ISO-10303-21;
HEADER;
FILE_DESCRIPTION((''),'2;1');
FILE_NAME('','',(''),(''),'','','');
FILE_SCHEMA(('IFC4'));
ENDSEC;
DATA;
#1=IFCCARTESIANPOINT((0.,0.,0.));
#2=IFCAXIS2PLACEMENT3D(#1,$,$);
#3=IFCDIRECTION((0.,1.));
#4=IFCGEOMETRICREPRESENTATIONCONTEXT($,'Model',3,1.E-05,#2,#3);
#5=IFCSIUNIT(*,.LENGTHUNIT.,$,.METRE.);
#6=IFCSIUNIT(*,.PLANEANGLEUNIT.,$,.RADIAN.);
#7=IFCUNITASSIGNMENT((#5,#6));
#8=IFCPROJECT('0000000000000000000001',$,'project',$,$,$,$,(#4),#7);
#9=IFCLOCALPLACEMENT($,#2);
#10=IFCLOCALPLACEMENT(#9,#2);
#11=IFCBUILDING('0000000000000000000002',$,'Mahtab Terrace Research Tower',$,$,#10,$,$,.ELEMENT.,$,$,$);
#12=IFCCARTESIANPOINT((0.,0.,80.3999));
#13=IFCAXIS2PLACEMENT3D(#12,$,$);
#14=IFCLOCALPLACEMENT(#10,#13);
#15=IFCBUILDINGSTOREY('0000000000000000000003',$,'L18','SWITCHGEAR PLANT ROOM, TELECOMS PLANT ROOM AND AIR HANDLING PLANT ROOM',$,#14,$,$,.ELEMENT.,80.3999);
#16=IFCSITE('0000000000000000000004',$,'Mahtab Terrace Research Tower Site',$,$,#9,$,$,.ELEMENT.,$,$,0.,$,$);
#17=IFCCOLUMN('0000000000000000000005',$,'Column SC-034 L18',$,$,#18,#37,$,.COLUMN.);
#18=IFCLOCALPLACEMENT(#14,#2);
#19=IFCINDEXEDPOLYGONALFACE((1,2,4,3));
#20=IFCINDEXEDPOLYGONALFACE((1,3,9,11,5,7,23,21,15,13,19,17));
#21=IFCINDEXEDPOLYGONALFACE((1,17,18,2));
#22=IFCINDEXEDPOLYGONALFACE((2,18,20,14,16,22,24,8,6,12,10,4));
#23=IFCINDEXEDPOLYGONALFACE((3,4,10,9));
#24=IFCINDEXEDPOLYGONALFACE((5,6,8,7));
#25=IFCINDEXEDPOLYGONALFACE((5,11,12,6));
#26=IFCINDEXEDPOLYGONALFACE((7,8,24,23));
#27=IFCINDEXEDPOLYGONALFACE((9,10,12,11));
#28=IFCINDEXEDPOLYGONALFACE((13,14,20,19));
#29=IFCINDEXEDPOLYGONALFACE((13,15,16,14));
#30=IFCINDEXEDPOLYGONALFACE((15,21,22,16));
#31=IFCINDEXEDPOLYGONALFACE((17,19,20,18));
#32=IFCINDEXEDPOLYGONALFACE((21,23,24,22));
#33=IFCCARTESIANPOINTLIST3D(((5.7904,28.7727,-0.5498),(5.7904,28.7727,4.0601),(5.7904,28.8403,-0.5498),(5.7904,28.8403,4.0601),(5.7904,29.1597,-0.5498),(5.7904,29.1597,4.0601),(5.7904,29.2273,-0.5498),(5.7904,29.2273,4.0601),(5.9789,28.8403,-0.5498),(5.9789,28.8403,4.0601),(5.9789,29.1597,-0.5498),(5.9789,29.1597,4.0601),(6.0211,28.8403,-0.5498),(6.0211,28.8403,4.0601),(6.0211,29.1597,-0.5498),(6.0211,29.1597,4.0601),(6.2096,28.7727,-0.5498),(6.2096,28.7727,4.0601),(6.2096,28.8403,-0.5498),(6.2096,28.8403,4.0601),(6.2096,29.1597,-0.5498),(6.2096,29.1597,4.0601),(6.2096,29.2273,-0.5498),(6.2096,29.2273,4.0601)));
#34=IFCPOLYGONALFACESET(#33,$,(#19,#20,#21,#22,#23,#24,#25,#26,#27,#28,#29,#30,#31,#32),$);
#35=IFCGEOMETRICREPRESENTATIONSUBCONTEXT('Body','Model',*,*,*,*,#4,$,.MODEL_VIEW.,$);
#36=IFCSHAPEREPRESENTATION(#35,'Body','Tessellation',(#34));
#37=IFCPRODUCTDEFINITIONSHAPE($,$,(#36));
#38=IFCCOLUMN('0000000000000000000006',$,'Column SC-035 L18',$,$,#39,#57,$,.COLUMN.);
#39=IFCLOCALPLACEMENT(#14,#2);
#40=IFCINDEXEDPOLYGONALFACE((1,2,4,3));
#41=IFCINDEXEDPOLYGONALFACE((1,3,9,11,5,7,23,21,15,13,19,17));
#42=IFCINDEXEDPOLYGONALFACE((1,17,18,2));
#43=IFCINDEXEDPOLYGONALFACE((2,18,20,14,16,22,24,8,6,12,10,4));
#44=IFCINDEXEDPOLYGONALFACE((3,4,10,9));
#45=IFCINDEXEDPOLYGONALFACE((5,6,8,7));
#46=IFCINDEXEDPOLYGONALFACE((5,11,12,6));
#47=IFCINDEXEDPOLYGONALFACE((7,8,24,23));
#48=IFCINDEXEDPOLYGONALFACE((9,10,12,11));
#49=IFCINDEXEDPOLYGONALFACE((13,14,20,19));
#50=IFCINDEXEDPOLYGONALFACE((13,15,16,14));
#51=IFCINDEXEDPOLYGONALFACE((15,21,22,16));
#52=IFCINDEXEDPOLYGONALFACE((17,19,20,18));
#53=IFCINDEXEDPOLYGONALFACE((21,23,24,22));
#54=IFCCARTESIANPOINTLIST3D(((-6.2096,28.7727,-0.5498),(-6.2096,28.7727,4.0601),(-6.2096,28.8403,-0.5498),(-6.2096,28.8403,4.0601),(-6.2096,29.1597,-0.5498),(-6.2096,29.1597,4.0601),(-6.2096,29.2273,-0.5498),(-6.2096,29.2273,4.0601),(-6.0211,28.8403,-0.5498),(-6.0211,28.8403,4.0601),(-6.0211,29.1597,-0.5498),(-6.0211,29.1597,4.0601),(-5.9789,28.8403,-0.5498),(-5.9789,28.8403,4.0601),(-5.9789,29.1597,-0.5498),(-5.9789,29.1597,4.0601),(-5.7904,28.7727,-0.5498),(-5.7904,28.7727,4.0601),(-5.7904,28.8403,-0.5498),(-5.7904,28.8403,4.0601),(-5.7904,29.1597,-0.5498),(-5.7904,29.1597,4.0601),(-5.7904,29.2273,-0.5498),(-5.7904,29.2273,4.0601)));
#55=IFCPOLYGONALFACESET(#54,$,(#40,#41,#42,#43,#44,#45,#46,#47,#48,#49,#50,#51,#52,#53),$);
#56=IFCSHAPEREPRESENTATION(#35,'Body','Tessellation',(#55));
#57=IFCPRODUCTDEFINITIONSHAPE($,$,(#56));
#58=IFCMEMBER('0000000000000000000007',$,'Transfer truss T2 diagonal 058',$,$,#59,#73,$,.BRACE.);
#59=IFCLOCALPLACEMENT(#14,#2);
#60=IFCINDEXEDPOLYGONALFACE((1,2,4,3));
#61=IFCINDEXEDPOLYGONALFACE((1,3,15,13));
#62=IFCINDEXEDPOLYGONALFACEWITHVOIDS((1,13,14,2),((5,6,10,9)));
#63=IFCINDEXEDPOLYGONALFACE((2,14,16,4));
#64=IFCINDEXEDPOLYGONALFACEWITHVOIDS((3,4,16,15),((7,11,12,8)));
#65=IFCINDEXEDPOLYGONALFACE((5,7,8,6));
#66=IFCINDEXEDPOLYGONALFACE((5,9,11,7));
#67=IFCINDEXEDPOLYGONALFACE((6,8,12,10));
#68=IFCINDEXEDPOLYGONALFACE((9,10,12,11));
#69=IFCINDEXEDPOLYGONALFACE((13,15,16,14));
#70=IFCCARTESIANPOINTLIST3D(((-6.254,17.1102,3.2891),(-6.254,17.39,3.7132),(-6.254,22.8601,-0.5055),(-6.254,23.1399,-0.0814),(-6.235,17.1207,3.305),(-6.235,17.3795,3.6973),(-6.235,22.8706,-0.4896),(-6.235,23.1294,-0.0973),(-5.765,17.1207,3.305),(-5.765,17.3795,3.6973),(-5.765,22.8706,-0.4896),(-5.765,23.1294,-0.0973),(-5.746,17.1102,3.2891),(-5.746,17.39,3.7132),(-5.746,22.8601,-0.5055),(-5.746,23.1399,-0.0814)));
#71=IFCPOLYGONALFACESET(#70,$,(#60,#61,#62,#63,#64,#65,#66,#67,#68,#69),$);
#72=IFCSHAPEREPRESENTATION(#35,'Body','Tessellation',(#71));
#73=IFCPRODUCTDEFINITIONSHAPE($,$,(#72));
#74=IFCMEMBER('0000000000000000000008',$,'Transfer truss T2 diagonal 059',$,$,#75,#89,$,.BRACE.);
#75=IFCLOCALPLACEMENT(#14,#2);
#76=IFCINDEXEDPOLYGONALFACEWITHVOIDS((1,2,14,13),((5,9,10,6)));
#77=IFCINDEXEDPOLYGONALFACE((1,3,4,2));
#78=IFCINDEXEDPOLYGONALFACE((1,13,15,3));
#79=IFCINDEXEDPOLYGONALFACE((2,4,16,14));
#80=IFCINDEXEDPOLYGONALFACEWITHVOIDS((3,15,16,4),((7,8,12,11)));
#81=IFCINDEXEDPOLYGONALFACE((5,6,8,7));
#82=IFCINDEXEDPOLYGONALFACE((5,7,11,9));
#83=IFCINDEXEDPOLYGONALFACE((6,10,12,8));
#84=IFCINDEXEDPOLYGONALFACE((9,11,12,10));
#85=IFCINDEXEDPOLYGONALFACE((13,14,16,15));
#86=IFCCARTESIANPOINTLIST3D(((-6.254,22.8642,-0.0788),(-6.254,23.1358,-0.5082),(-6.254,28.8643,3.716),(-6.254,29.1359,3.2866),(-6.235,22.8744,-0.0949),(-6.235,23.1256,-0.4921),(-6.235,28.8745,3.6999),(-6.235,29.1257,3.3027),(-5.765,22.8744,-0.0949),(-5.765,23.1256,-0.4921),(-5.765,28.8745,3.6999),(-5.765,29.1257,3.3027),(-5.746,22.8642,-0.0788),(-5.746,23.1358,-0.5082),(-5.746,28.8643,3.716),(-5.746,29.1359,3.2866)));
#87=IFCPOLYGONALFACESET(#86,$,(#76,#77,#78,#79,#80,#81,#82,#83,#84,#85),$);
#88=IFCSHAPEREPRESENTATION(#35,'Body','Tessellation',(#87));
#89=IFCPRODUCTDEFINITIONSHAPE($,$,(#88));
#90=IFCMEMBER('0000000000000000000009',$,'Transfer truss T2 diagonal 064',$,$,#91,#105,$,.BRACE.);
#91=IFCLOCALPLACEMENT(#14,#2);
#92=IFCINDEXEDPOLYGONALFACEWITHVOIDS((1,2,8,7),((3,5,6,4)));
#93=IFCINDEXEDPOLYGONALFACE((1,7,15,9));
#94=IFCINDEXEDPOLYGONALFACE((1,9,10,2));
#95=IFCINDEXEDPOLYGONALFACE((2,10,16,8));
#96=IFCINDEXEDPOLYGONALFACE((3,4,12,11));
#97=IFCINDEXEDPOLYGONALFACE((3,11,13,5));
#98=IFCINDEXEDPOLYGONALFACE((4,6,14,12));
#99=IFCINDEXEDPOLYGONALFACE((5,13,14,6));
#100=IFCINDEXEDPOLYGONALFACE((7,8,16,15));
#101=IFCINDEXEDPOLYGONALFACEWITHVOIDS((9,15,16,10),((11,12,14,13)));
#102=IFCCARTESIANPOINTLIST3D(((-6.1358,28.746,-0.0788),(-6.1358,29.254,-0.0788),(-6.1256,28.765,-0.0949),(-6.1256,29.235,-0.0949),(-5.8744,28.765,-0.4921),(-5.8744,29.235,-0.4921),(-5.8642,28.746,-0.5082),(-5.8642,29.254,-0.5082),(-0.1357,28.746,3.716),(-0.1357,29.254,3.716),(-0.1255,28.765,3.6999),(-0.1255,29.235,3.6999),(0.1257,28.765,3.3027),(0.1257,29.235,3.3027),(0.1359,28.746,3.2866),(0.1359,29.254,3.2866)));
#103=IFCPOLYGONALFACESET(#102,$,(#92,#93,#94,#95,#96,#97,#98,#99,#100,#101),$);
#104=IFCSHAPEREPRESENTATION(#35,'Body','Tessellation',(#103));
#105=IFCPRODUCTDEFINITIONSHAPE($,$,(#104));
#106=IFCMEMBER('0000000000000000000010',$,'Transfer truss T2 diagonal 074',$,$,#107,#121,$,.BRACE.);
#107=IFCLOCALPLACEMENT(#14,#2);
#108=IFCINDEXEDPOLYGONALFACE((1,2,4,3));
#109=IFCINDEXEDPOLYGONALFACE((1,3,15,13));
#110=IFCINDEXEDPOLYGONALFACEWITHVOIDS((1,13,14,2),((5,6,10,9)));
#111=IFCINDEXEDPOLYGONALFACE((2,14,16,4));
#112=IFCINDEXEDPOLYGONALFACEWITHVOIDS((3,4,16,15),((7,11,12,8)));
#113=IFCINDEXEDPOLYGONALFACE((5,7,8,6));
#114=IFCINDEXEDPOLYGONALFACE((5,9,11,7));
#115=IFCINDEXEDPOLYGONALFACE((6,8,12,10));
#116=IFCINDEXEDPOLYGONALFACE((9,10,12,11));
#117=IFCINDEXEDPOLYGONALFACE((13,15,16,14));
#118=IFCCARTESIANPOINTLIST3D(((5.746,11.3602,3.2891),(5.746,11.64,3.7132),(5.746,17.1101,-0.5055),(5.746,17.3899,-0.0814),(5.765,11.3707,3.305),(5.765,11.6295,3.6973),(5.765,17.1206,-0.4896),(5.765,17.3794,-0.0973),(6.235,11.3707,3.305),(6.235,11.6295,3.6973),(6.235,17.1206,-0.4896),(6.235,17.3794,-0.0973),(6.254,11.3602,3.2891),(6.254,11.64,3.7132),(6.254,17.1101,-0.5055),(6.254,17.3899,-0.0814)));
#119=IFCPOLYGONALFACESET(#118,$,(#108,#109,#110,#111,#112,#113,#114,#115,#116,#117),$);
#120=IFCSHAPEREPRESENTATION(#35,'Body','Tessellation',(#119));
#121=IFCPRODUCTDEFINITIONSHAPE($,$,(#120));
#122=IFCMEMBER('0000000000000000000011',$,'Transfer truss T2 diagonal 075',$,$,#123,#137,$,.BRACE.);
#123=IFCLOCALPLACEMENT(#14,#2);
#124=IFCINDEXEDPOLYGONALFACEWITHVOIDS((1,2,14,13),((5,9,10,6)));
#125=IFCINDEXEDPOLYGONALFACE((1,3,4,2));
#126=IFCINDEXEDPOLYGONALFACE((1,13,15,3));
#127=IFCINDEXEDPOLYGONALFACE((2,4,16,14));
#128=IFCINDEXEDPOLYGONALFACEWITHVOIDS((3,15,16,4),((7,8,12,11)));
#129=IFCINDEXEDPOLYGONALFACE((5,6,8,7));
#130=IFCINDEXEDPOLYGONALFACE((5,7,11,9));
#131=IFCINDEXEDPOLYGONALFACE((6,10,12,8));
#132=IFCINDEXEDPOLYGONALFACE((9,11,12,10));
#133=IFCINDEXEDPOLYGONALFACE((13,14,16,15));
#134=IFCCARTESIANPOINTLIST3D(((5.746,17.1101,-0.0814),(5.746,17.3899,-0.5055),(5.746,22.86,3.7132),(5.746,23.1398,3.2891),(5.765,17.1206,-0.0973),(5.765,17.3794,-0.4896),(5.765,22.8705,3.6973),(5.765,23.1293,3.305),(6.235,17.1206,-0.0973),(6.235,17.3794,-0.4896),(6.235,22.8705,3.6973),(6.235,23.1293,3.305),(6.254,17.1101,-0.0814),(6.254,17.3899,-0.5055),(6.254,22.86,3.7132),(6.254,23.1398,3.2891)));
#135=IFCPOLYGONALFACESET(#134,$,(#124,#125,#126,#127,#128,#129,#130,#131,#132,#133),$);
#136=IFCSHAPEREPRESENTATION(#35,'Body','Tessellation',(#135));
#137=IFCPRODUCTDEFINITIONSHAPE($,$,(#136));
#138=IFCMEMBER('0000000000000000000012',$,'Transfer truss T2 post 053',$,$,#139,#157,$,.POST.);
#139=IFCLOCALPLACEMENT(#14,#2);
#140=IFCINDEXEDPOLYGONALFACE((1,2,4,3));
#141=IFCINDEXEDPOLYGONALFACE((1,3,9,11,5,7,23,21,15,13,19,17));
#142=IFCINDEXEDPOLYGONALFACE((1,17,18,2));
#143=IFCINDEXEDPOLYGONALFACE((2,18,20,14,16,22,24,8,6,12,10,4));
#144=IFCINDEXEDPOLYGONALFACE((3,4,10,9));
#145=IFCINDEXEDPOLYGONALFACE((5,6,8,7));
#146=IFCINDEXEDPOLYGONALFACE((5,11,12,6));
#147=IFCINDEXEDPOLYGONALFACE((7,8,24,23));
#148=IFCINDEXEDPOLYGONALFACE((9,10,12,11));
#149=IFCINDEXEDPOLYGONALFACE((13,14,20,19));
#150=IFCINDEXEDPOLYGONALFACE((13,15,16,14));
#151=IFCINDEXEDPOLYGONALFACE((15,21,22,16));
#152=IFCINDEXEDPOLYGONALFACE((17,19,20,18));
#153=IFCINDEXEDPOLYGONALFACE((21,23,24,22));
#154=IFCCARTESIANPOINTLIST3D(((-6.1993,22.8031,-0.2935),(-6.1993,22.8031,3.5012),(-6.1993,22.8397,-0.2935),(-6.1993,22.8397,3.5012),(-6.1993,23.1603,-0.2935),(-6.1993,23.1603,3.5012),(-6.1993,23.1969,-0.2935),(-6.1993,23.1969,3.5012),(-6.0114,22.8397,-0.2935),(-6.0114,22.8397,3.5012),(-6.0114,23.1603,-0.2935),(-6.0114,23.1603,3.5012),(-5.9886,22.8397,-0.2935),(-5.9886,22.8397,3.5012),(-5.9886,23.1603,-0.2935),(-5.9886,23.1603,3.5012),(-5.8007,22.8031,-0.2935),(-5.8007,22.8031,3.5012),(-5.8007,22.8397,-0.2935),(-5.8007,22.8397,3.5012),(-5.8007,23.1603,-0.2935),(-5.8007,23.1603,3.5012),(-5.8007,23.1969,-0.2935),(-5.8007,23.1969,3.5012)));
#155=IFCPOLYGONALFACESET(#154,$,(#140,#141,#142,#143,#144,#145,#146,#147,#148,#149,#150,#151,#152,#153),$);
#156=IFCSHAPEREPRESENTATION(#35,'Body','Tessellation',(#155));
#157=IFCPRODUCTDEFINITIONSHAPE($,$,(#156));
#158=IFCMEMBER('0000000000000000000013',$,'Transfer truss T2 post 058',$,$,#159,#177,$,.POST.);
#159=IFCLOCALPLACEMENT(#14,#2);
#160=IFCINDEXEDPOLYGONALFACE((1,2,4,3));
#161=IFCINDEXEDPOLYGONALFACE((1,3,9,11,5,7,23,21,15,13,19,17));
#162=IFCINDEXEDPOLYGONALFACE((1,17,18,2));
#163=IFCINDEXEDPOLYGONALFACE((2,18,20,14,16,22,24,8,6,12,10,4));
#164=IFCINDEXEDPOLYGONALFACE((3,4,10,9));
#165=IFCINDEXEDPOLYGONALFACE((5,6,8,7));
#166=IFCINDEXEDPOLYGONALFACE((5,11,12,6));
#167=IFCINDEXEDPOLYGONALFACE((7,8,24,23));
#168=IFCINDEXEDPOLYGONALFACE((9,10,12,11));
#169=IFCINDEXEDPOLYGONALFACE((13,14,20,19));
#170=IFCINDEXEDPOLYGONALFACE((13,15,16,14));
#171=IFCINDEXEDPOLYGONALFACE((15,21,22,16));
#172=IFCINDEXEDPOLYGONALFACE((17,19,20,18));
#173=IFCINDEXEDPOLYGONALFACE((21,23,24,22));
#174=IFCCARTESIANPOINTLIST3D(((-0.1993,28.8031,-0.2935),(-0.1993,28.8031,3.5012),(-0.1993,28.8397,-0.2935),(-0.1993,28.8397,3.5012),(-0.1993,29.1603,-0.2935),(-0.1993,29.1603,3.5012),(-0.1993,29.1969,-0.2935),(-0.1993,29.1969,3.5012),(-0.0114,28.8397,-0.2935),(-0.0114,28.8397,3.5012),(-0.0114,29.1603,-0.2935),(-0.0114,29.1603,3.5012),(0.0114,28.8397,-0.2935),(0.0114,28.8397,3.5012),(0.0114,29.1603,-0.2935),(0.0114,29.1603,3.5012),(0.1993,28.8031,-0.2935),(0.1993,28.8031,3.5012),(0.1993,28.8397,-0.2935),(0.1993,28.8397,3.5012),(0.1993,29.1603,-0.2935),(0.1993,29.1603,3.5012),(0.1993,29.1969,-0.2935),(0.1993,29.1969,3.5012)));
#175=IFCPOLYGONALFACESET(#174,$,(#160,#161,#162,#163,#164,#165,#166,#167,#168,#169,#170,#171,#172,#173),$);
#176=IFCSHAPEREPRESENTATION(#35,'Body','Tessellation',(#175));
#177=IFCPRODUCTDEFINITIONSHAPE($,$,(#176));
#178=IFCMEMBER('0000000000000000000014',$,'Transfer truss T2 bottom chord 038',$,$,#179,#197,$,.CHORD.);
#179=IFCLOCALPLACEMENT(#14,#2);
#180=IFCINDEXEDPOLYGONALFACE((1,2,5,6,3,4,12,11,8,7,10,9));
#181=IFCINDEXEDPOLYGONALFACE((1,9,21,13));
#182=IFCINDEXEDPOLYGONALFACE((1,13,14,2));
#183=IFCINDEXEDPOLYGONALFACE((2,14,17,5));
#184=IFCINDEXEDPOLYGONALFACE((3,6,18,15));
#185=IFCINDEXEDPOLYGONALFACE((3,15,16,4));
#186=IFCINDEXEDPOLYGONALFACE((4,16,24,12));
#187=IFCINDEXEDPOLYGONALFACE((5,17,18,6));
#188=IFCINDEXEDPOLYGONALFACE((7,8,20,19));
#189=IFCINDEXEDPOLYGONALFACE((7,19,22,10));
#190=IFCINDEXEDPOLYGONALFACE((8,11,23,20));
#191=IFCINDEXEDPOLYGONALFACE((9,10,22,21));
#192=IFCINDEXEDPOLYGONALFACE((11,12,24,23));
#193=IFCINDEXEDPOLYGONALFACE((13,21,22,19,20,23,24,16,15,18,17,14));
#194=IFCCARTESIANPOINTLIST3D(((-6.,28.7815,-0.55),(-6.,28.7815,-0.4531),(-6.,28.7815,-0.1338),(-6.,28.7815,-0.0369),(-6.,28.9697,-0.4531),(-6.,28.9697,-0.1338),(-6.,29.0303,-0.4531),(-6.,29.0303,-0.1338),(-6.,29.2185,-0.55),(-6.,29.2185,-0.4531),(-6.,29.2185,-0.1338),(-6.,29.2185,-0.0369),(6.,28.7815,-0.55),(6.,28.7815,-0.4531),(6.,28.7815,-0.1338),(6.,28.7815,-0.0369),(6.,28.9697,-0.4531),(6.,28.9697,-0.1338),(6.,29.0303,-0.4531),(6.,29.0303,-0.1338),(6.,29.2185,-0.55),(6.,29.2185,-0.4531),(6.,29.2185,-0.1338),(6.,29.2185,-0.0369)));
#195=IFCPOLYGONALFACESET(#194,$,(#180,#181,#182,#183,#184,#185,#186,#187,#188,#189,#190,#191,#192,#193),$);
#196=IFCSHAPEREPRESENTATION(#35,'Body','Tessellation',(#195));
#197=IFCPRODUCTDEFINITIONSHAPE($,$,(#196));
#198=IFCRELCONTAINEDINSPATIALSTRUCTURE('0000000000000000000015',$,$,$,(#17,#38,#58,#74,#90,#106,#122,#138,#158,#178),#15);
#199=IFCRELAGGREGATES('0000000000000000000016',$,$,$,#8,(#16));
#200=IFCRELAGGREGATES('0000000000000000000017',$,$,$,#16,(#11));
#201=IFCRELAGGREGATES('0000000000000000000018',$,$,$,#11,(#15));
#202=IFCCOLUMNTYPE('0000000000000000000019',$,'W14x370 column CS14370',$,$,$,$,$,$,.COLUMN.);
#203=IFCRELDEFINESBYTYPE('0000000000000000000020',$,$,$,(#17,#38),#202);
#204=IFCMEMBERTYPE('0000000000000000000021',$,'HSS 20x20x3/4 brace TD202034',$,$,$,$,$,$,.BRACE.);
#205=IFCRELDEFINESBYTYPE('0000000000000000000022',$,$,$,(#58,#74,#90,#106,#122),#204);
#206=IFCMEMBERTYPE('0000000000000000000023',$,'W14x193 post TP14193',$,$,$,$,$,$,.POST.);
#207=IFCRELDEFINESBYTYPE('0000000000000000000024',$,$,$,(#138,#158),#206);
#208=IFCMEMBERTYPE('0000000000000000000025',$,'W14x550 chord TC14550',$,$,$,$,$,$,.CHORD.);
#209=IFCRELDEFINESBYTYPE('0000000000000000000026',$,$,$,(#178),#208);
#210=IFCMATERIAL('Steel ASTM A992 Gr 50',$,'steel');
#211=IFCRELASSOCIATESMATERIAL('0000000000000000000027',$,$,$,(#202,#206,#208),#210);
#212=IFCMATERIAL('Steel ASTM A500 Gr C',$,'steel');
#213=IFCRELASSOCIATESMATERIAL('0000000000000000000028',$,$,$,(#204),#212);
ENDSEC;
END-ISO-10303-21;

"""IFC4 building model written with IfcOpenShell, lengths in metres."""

from ifc_helpers import new_model, si_unit, direction, frame, origin, origin_2d, place, context, subcontext, project, spatial, hollow_rectangle, i_section, extrude, material, material_profile, profile_set, type_object, element, save


model = new_model("IFC4")

# Units and contexts
model_context = context("Model", 3, precision=1e-05, world=origin(), true_north=direction((0.0, 1.0)))
body_context = subcontext(model_context, "Body", "Model", "MODEL_VIEW")
ifc_project = project(units=[si_unit("LENGTHUNIT", "METRE"), si_unit("PLANEANGLEUNIT", "RADIAN")], contexts=[model_context])

# Site, building, storey
site_placement = place(None, origin())
site = spatial("IfcSite", under=ifc_project, at=site_placement, Name="Mahtab Terrace Research Tower Site", CompositionType="ELEMENT", RefElevation=0.0)
building_placement = place(site_placement, origin())
building = spatial("IfcBuilding", under=site, at=building_placement, Name="Mahtab Terrace Research Tower", CompositionType="ELEMENT")
storey_placement = place(building_placement, frame((0.0, 0.0, 80.3999)))
storey = spatial("IfcBuildingStorey", under=building, at=storey_placement, Name="L18", Description="SWITCHGEAR PLANT ROOM, TELECOMS PLANT ROOM AND AIR HANDLING PLANT ROOM", CompositionType="ELEMENT", Elevation=80.3999)

# Columns
ifc_material_1 = material(Name="Steel ASTM A992 Gr 50", Category="steel")
ifc_material_profile_1 = material_profile(ifc_material_1, i_section(OverallWidth=0.4192, OverallDepth=0.4546, WebThickness=0.0422, FlangeThickness=0.0676, at=origin_2d()), Name="W14X370")
ifc_profile_set_1 = profile_set([ifc_material_profile_1], Name="Steel ASTM A992 Gr 50")
column_type = type_object("IfcColumnType", Name="W14x370 column CS14370", PredefinedType="COLUMN", material=ifc_profile_set_1)
for number, where, z_axis, x_axis, name in (
    (1, (6.0, 29.0, -0.5498), (0.0, 0.0, 1.0), (1.0, 0.0, 0.0), "Column SC-034 L18"),
    (2, (-6.0, 29.0, -0.5498), (0.0, 0.0, 1.0), (1.0, 0.0, 0.0), "Column SC-035 L18"),
):
    element("IfcColumn", number, at=place(storey_placement, frame(where, z_axis=z_axis, x_axis=x_axis)), inside=storey, type_object=column_type, Name=name, PredefinedType="COLUMN", context=body_context, shape_type="SweptSolid", body=[
        extrude(i_section(OverallWidth=0.4192, OverallDepth=0.4546, WebThickness=0.0422, FlangeThickness=0.0676, at=origin_2d()), origin(), (0.0, 0.0, 1.0), 4.6099),
    ])

# Members
ifc_material_2 = material(Name="Steel ASTM A500 Gr C", Category="steel")
ifc_material_profile_2 = material_profile(ifc_material_2, hollow_rectangle(XDim=0.5081, YDim=0.5081, WallThickness=0.019, at=origin_2d()), Name="HSS20X20X3/4")
ifc_profile_set_2 = profile_set([ifc_material_profile_2], Name="Steel ASTM A500 Gr C")
member_type_1 = type_object("IfcMemberType", Name="HSS 20x20x3/4 brace TD202034", PredefinedType="BRACE", material=ifc_profile_set_2)
member_1_placement = place(storey_placement, frame((-6.0, 23.0, -0.2935), z_axis=(0.0, -0.834631, 0.55081), x_axis=(1.0, 0.0, 0.0)))
element("IfcMember", 3, at=member_1_placement, inside=storey, type_object=member_type_1, Name="Transfer truss T2 diagonal 058", PredefinedType="BRACE", context=body_context, shape_type="SweptSolid", body=[
    extrude(hollow_rectangle(XDim=0.5081, YDim=0.5081, WallThickness=0.019, at=origin_2d()), origin(), (0.0, 0.0, 1.0), 6.8892),
])
for number, where, z_axis, x_axis, name in (
    (4, (-6.0, 23.0, -0.2935), (0.0, 0.845158, 0.534517), (-1.0, 0.0, 0.0), "Transfer truss T2 diagonal 059"),
    (5, (-6.0, 29.0, -0.2935), (0.845158, 0.0, 0.534517), (0.0, 1.0, 0.0), "Transfer truss T2 diagonal 064"),
):
    element("IfcMember", number, at=place(storey_placement, frame(where, z_axis=z_axis, x_axis=x_axis)), inside=storey, type_object=member_type_1, Name=name, PredefinedType="BRACE", context=body_context, shape_type="SweptSolid", body=[
        extrude(hollow_rectangle(XDim=0.5081, YDim=0.5081, WallThickness=0.019, at=origin_2d()), origin(), (0.0, 0.0, 1.0), 7.0994),
    ])
for number, where, z_axis, x_axis, name in (
    (6, (6.0, 17.25, -0.2935), (0.0, -0.834631, 0.55081), (1.0, 0.0, 0.0), "Transfer truss T2 diagonal 074"),
    (7, (6.0, 17.25, -0.2935), (0.0, 0.834631, 0.55081), (-1.0, 0.0, 0.0), "Transfer truss T2 diagonal 075"),
):
    element("IfcMember", number, at=place(storey_placement, frame(where, z_axis=z_axis, x_axis=x_axis)), inside=storey, type_object=member_type_1, Name=name, PredefinedType="BRACE", context=body_context, shape_type="SweptSolid", body=[
        extrude(hollow_rectangle(XDim=0.5081, YDim=0.5081, WallThickness=0.019, at=origin_2d()), origin(), (0.0, 0.0, 1.0), 6.8892),
    ])
ifc_material_profile_3 = material_profile(ifc_material_1, i_section(OverallWidth=0.3987, OverallDepth=0.3938, WebThickness=0.0227, FlangeThickness=0.0366, at=origin_2d()), Name="W14X193")
ifc_profile_set_3 = profile_set([ifc_material_profile_3], Name="Steel ASTM A992 Gr 50")
member_type_2 = type_object("IfcMemberType", Name="W14x193 post TP14193", PredefinedType="POST", material=ifc_profile_set_3)
for number, where, z_axis, x_axis, name in (
    (8, (-6.0, 23.0, -0.2935), (0.0, 0.0, 1.0), (1.0, 0.0, 0.0), "Transfer truss T2 post 053"),
    (9, (0.0, 29.0, -0.2935), (0.0, 0.0, 1.0), (1.0, 0.0, 0.0), "Transfer truss T2 post 058"),
):
    element("IfcMember", number, at=place(storey_placement, frame(where, z_axis=z_axis, x_axis=x_axis)), inside=storey, type_object=member_type_2, Name=name, PredefinedType="POST", context=body_context, shape_type="SweptSolid", body=[
        extrude(i_section(OverallWidth=0.3987, OverallDepth=0.3938, WebThickness=0.0227, FlangeThickness=0.0366, at=origin_2d()), origin(), (0.0, 0.0, 1.0), 3.7947),
    ])
ifc_material_profile_4 = material_profile(ifc_material_1, i_section(OverallWidth=0.437, OverallDepth=0.5132, WebThickness=0.0605, FlangeThickness=0.0969, at=origin_2d()), Name="W14X550")
ifc_profile_set_4 = profile_set([ifc_material_profile_4], Name="Steel ASTM A992 Gr 50")
member_type_3 = type_object("IfcMemberType", Name="W14x550 chord TC14550", PredefinedType="CHORD", material=ifc_profile_set_4)
for number, where, z_axis, x_axis, name in (
    (10, (6.0, 29.0, -0.2935), (-1.0, 0.0, 0.0), (0.0, -1.0, 0.0), "Transfer truss T2 bottom chord 038"),
):
    element("IfcMember", number, at=place(storey_placement, frame(where, z_axis=z_axis, x_axis=x_axis)), inside=storey, type_object=member_type_3, Name=name, PredefinedType="CHORD", context=body_context, shape_type="SweptSolid", body=[
        extrude(i_section(OverallWidth=0.437, OverallDepth=0.5132, WebThickness=0.0605, FlangeThickness=0.0969, at=origin_2d()), origin(), (0.0, 0.0, 1.0), 12.0),
    ])

save(model, "model.ifc")
